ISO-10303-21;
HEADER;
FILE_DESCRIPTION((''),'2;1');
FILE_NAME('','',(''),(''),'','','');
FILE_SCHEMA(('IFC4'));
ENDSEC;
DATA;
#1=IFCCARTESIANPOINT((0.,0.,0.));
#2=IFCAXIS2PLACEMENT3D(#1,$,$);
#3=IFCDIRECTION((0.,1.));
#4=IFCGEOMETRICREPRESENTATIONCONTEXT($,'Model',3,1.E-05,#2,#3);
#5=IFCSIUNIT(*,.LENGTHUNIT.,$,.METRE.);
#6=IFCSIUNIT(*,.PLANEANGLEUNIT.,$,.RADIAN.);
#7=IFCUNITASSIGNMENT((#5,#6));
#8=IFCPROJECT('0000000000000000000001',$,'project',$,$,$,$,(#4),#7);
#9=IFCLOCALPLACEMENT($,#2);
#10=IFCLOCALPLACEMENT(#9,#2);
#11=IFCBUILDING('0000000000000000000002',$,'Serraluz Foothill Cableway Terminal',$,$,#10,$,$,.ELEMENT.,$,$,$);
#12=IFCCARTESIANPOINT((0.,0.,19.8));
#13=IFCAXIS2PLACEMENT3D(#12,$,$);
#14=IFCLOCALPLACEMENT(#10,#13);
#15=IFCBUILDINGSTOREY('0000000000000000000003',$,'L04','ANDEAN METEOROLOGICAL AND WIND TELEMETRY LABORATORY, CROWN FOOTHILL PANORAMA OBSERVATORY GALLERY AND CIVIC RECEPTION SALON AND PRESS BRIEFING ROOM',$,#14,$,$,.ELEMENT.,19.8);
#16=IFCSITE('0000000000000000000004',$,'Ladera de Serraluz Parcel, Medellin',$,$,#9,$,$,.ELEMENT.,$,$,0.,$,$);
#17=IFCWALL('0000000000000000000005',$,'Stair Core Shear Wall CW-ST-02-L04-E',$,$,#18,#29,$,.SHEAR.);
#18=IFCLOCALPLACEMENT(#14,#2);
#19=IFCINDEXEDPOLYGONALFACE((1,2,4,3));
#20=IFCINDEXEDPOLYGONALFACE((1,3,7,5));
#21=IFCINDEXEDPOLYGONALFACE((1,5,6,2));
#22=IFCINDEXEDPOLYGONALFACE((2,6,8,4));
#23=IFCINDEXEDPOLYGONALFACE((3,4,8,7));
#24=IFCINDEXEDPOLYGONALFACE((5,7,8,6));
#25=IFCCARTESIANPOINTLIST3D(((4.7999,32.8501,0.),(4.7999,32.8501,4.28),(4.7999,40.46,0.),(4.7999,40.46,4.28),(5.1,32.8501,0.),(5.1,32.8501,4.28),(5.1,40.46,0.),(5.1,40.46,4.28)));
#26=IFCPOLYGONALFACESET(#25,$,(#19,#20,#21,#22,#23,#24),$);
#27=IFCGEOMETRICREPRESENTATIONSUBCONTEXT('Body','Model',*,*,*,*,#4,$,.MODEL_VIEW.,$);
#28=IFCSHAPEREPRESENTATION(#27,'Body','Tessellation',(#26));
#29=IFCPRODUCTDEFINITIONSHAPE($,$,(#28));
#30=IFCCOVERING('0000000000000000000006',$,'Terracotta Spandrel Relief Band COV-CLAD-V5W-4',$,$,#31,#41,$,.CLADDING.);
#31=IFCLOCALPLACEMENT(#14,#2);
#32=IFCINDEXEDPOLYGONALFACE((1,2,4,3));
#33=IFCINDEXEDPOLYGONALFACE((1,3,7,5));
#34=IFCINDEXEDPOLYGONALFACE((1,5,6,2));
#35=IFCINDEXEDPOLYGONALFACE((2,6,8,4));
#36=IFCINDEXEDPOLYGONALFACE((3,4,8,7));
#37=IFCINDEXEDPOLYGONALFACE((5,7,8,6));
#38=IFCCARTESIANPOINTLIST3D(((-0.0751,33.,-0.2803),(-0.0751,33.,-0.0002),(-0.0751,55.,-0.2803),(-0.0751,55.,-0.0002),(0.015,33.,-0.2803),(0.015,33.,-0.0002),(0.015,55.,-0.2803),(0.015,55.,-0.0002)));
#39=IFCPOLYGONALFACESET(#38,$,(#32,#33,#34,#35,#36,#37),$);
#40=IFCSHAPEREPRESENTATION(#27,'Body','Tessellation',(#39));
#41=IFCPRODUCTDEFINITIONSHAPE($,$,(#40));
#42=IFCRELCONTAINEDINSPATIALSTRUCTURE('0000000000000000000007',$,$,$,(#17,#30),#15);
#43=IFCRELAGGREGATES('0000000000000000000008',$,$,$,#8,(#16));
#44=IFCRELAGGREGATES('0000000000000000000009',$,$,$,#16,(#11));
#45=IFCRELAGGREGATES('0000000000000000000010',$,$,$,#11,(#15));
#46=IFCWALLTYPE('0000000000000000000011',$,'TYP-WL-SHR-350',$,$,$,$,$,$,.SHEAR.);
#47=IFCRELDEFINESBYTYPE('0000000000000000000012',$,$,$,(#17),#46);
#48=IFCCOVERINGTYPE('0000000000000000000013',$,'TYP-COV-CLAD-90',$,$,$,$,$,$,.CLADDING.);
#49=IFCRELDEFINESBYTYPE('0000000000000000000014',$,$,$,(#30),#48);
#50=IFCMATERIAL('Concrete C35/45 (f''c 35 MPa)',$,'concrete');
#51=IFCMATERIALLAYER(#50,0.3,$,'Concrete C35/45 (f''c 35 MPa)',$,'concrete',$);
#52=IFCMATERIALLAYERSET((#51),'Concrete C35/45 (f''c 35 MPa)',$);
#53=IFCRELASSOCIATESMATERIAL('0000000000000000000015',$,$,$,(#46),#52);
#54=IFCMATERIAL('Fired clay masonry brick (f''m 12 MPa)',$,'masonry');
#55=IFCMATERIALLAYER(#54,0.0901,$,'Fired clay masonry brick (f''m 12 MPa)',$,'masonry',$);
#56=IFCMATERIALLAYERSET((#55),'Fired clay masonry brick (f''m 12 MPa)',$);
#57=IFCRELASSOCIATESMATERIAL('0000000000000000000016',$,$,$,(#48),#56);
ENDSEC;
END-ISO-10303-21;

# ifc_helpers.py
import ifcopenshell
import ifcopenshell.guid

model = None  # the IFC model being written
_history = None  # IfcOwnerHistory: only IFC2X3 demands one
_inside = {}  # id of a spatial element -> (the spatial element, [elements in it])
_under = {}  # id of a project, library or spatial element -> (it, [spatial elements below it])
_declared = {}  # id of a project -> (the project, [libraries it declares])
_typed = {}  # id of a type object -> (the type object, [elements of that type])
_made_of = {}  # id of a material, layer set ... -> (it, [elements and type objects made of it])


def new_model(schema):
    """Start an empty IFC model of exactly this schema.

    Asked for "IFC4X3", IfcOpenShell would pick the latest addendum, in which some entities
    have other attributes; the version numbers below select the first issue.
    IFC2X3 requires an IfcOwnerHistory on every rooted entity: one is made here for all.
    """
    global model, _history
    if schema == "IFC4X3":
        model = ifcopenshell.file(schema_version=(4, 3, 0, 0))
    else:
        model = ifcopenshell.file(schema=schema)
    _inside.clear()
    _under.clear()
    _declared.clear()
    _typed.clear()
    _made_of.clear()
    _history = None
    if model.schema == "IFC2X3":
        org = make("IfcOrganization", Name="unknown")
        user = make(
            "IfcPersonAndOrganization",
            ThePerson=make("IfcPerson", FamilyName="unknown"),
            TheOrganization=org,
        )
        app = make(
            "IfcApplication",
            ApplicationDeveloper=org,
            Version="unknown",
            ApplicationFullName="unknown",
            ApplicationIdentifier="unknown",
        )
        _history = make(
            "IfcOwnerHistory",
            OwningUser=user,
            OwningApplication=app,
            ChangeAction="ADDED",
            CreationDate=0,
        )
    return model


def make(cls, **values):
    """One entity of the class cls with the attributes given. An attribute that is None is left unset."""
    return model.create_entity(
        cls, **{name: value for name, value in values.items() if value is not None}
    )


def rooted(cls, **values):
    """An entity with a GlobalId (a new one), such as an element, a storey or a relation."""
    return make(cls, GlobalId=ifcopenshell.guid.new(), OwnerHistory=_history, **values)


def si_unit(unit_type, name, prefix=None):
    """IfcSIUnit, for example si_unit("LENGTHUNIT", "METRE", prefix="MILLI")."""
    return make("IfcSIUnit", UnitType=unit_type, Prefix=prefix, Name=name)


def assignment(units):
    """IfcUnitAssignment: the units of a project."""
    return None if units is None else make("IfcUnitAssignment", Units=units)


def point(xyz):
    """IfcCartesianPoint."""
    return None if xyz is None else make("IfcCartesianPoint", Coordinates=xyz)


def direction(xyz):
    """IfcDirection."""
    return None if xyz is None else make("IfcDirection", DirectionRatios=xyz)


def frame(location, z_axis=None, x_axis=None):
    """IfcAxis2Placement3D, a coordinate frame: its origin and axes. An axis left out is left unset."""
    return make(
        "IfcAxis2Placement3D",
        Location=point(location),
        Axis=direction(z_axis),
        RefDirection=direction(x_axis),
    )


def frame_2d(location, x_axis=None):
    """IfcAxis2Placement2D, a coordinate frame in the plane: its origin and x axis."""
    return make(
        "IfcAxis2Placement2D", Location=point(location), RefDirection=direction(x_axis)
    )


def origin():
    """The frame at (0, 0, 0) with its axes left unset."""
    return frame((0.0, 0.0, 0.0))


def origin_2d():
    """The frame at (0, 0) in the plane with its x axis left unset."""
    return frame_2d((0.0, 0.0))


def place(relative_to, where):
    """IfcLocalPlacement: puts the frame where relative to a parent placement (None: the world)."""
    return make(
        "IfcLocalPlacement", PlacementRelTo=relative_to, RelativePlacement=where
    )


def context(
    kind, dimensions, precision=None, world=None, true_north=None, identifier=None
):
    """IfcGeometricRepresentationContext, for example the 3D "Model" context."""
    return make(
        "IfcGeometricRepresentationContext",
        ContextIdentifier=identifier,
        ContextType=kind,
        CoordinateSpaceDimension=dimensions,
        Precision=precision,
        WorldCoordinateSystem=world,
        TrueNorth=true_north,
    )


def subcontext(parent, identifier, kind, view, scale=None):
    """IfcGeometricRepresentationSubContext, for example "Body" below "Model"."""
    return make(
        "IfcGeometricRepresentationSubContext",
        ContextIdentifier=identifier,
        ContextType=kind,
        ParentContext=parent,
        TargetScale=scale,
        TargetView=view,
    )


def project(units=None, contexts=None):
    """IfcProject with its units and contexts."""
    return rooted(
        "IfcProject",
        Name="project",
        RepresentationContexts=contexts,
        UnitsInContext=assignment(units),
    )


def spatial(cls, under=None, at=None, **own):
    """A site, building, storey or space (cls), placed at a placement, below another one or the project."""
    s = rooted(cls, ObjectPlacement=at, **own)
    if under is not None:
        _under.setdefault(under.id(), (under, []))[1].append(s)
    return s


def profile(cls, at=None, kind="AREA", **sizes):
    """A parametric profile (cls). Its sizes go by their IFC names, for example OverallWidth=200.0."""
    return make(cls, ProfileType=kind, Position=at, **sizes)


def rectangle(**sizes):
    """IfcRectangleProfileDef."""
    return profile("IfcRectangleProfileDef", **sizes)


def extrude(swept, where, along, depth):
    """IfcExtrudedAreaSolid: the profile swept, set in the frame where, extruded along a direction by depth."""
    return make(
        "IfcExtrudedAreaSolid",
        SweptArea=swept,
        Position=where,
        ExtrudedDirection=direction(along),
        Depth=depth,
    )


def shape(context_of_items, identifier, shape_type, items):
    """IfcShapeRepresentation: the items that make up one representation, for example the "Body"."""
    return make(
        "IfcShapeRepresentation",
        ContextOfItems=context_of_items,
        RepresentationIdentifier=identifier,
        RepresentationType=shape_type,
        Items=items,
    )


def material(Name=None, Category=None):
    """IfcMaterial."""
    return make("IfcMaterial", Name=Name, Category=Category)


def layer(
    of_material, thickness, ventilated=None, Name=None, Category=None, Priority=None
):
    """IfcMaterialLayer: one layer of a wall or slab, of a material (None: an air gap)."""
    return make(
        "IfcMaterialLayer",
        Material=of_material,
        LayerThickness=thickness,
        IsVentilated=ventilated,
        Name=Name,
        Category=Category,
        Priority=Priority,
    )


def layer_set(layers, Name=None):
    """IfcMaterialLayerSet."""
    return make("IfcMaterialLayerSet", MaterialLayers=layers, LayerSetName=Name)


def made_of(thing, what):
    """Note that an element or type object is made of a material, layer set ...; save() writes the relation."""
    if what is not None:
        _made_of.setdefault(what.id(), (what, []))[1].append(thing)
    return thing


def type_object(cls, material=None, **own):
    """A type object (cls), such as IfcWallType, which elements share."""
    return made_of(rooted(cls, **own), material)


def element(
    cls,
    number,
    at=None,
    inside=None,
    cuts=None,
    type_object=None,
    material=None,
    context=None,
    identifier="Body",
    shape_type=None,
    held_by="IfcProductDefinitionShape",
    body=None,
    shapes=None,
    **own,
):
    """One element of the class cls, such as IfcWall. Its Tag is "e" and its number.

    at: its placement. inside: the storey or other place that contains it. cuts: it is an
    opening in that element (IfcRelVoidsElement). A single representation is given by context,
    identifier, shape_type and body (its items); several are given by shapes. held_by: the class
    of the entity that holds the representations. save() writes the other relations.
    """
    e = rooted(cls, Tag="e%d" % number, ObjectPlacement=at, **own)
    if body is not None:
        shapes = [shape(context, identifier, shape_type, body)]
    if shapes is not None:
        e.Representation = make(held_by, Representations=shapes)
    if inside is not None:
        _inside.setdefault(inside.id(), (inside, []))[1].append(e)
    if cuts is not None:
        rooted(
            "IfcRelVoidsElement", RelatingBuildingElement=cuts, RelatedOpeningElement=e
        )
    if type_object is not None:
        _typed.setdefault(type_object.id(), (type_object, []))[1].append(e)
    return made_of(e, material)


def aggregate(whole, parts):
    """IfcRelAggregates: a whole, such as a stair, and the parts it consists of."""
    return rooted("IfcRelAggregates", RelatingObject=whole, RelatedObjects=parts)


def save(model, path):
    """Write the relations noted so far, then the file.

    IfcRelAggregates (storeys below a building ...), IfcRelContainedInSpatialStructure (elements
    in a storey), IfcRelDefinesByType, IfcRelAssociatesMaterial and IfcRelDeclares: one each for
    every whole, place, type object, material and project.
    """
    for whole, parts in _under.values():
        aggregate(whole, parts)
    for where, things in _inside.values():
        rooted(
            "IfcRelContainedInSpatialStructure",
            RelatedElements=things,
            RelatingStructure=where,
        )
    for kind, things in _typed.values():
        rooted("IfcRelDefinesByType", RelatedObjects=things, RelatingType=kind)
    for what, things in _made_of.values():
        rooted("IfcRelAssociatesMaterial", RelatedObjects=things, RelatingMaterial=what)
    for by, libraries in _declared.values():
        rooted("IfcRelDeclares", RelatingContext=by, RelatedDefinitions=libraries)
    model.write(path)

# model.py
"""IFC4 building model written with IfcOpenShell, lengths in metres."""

from ifc_helpers import new_model, si_unit, direction, frame, frame_2d, origin, origin_2d, place, context, subcontext, project, spatial, rectangle, extrude, material, layer, layer_set, type_object, element, save


model = new_model("IFC4")

# Units and contexts
model_context = context("Model", 3, precision=1e-05, world=origin(), true_north=direction((0.0, 1.0)))
body_context = subcontext(model_context, "Body", "Model", "MODEL_VIEW")
ifc_project = project(units=[si_unit("LENGTHUNIT", "METRE"), si_unit("PLANEANGLEUNIT", "RADIAN")], contexts=[model_context])

# Site, building, storey
site_placement = place(None, origin())
site = spatial("IfcSite", under=ifc_project, at=site_placement, Name="Ladera de Serraluz Parcel, Medellin", CompositionType="ELEMENT", RefElevation=0.0)
building_placement = place(site_placement, origin())
building = spatial("IfcBuilding", under=site, at=building_placement, Name="Serraluz Foothill Cableway Terminal", CompositionType="ELEMENT")
storey_placement = place(building_placement, frame((0.0, 0.0, 19.8)))
storey = spatial("IfcBuildingStorey", under=building, at=storey_placement, Name="L04", Description="ANDEAN METEOROLOGICAL AND WIND TELEMETRY LABORATORY, CROWN FOOTHILL PANORAMA OBSERVATORY GALLERY AND CIVIC RECEPTION SALON AND PRESS BRIEFING ROOM", CompositionType="ELEMENT", Elevation=19.8)

# Wall
ifc_material_1 = material(Name="Concrete C35/45 (f'c 35 MPa)", Category="concrete")
ifc_layer_1 = layer(ifc_material_1, 0.3, Name="Concrete C35/45 (f'c 35 MPa)", Category="concrete")
ifc_layer_set_1 = layer_set([ifc_layer_1], Name="Concrete C35/45 (f'c 35 MPa)")
wall_type_1 = type_object("IfcWallType", Name="TYP-WL-SHR-350", PredefinedType="SHEAR", material=ifc_layer_set_1)
wall_1_placement = place(storey_placement, frame((4.95, 40.46, 0.0), z_axis=(0.0, 0.0, 1.0), x_axis=(0.0, -1.0, 0.0)))
element("IfcWall", 1, at=wall_1_placement, inside=storey, type_object=wall_type_1, Name="Stair Core Shear Wall CW-ST-02-L04-E", PredefinedType="SHEAR", context=body_context, shape_type="SweptSolid", body=[
    extrude(rectangle(XDim=7.6099, YDim=0.3, at=frame_2d((3.8049, 0.0))), origin(), (0.0, 0.0, 1.0), 4.28),
])

# Covering
ifc_material_2 = material(Name="Fired clay masonry brick (f'm 12 MPa)", Category="masonry")
ifc_layer_2 = layer(ifc_material_2, 0.0901, Name="Fired clay masonry brick (f'm 12 MPa)", Category="masonry")
ifc_layer_set_2 = layer_set([ifc_layer_2], Name="Fired clay masonry brick (f'm 12 MPa)")
covering_type = type_object("IfcCoveringType", Name="TYP-COV-CLAD-90", PredefinedType="CLADDING", material=ifc_layer_set_2)
covering_placement = place(storey_placement, frame((-0.03, 44.0, -0.2803), z_axis=(0.0, 0.0, 1.0), x_axis=(0.0, 1.0, 0.0)))
element("IfcCovering", 2, at=covering_placement, inside=storey, type_object=covering_type, Name="Terracotta Spandrel Relief Band COV-CLAD-V5W-4", PredefinedType="CLADDING", context=body_context, shape_type="SweptSolid", body=[
    extrude(rectangle(XDim=22.0, YDim=0.0901, at=origin_2d()), origin(), (0.0, 0.0, 1.0), 0.28),
])

save(model, "model.ifc")
